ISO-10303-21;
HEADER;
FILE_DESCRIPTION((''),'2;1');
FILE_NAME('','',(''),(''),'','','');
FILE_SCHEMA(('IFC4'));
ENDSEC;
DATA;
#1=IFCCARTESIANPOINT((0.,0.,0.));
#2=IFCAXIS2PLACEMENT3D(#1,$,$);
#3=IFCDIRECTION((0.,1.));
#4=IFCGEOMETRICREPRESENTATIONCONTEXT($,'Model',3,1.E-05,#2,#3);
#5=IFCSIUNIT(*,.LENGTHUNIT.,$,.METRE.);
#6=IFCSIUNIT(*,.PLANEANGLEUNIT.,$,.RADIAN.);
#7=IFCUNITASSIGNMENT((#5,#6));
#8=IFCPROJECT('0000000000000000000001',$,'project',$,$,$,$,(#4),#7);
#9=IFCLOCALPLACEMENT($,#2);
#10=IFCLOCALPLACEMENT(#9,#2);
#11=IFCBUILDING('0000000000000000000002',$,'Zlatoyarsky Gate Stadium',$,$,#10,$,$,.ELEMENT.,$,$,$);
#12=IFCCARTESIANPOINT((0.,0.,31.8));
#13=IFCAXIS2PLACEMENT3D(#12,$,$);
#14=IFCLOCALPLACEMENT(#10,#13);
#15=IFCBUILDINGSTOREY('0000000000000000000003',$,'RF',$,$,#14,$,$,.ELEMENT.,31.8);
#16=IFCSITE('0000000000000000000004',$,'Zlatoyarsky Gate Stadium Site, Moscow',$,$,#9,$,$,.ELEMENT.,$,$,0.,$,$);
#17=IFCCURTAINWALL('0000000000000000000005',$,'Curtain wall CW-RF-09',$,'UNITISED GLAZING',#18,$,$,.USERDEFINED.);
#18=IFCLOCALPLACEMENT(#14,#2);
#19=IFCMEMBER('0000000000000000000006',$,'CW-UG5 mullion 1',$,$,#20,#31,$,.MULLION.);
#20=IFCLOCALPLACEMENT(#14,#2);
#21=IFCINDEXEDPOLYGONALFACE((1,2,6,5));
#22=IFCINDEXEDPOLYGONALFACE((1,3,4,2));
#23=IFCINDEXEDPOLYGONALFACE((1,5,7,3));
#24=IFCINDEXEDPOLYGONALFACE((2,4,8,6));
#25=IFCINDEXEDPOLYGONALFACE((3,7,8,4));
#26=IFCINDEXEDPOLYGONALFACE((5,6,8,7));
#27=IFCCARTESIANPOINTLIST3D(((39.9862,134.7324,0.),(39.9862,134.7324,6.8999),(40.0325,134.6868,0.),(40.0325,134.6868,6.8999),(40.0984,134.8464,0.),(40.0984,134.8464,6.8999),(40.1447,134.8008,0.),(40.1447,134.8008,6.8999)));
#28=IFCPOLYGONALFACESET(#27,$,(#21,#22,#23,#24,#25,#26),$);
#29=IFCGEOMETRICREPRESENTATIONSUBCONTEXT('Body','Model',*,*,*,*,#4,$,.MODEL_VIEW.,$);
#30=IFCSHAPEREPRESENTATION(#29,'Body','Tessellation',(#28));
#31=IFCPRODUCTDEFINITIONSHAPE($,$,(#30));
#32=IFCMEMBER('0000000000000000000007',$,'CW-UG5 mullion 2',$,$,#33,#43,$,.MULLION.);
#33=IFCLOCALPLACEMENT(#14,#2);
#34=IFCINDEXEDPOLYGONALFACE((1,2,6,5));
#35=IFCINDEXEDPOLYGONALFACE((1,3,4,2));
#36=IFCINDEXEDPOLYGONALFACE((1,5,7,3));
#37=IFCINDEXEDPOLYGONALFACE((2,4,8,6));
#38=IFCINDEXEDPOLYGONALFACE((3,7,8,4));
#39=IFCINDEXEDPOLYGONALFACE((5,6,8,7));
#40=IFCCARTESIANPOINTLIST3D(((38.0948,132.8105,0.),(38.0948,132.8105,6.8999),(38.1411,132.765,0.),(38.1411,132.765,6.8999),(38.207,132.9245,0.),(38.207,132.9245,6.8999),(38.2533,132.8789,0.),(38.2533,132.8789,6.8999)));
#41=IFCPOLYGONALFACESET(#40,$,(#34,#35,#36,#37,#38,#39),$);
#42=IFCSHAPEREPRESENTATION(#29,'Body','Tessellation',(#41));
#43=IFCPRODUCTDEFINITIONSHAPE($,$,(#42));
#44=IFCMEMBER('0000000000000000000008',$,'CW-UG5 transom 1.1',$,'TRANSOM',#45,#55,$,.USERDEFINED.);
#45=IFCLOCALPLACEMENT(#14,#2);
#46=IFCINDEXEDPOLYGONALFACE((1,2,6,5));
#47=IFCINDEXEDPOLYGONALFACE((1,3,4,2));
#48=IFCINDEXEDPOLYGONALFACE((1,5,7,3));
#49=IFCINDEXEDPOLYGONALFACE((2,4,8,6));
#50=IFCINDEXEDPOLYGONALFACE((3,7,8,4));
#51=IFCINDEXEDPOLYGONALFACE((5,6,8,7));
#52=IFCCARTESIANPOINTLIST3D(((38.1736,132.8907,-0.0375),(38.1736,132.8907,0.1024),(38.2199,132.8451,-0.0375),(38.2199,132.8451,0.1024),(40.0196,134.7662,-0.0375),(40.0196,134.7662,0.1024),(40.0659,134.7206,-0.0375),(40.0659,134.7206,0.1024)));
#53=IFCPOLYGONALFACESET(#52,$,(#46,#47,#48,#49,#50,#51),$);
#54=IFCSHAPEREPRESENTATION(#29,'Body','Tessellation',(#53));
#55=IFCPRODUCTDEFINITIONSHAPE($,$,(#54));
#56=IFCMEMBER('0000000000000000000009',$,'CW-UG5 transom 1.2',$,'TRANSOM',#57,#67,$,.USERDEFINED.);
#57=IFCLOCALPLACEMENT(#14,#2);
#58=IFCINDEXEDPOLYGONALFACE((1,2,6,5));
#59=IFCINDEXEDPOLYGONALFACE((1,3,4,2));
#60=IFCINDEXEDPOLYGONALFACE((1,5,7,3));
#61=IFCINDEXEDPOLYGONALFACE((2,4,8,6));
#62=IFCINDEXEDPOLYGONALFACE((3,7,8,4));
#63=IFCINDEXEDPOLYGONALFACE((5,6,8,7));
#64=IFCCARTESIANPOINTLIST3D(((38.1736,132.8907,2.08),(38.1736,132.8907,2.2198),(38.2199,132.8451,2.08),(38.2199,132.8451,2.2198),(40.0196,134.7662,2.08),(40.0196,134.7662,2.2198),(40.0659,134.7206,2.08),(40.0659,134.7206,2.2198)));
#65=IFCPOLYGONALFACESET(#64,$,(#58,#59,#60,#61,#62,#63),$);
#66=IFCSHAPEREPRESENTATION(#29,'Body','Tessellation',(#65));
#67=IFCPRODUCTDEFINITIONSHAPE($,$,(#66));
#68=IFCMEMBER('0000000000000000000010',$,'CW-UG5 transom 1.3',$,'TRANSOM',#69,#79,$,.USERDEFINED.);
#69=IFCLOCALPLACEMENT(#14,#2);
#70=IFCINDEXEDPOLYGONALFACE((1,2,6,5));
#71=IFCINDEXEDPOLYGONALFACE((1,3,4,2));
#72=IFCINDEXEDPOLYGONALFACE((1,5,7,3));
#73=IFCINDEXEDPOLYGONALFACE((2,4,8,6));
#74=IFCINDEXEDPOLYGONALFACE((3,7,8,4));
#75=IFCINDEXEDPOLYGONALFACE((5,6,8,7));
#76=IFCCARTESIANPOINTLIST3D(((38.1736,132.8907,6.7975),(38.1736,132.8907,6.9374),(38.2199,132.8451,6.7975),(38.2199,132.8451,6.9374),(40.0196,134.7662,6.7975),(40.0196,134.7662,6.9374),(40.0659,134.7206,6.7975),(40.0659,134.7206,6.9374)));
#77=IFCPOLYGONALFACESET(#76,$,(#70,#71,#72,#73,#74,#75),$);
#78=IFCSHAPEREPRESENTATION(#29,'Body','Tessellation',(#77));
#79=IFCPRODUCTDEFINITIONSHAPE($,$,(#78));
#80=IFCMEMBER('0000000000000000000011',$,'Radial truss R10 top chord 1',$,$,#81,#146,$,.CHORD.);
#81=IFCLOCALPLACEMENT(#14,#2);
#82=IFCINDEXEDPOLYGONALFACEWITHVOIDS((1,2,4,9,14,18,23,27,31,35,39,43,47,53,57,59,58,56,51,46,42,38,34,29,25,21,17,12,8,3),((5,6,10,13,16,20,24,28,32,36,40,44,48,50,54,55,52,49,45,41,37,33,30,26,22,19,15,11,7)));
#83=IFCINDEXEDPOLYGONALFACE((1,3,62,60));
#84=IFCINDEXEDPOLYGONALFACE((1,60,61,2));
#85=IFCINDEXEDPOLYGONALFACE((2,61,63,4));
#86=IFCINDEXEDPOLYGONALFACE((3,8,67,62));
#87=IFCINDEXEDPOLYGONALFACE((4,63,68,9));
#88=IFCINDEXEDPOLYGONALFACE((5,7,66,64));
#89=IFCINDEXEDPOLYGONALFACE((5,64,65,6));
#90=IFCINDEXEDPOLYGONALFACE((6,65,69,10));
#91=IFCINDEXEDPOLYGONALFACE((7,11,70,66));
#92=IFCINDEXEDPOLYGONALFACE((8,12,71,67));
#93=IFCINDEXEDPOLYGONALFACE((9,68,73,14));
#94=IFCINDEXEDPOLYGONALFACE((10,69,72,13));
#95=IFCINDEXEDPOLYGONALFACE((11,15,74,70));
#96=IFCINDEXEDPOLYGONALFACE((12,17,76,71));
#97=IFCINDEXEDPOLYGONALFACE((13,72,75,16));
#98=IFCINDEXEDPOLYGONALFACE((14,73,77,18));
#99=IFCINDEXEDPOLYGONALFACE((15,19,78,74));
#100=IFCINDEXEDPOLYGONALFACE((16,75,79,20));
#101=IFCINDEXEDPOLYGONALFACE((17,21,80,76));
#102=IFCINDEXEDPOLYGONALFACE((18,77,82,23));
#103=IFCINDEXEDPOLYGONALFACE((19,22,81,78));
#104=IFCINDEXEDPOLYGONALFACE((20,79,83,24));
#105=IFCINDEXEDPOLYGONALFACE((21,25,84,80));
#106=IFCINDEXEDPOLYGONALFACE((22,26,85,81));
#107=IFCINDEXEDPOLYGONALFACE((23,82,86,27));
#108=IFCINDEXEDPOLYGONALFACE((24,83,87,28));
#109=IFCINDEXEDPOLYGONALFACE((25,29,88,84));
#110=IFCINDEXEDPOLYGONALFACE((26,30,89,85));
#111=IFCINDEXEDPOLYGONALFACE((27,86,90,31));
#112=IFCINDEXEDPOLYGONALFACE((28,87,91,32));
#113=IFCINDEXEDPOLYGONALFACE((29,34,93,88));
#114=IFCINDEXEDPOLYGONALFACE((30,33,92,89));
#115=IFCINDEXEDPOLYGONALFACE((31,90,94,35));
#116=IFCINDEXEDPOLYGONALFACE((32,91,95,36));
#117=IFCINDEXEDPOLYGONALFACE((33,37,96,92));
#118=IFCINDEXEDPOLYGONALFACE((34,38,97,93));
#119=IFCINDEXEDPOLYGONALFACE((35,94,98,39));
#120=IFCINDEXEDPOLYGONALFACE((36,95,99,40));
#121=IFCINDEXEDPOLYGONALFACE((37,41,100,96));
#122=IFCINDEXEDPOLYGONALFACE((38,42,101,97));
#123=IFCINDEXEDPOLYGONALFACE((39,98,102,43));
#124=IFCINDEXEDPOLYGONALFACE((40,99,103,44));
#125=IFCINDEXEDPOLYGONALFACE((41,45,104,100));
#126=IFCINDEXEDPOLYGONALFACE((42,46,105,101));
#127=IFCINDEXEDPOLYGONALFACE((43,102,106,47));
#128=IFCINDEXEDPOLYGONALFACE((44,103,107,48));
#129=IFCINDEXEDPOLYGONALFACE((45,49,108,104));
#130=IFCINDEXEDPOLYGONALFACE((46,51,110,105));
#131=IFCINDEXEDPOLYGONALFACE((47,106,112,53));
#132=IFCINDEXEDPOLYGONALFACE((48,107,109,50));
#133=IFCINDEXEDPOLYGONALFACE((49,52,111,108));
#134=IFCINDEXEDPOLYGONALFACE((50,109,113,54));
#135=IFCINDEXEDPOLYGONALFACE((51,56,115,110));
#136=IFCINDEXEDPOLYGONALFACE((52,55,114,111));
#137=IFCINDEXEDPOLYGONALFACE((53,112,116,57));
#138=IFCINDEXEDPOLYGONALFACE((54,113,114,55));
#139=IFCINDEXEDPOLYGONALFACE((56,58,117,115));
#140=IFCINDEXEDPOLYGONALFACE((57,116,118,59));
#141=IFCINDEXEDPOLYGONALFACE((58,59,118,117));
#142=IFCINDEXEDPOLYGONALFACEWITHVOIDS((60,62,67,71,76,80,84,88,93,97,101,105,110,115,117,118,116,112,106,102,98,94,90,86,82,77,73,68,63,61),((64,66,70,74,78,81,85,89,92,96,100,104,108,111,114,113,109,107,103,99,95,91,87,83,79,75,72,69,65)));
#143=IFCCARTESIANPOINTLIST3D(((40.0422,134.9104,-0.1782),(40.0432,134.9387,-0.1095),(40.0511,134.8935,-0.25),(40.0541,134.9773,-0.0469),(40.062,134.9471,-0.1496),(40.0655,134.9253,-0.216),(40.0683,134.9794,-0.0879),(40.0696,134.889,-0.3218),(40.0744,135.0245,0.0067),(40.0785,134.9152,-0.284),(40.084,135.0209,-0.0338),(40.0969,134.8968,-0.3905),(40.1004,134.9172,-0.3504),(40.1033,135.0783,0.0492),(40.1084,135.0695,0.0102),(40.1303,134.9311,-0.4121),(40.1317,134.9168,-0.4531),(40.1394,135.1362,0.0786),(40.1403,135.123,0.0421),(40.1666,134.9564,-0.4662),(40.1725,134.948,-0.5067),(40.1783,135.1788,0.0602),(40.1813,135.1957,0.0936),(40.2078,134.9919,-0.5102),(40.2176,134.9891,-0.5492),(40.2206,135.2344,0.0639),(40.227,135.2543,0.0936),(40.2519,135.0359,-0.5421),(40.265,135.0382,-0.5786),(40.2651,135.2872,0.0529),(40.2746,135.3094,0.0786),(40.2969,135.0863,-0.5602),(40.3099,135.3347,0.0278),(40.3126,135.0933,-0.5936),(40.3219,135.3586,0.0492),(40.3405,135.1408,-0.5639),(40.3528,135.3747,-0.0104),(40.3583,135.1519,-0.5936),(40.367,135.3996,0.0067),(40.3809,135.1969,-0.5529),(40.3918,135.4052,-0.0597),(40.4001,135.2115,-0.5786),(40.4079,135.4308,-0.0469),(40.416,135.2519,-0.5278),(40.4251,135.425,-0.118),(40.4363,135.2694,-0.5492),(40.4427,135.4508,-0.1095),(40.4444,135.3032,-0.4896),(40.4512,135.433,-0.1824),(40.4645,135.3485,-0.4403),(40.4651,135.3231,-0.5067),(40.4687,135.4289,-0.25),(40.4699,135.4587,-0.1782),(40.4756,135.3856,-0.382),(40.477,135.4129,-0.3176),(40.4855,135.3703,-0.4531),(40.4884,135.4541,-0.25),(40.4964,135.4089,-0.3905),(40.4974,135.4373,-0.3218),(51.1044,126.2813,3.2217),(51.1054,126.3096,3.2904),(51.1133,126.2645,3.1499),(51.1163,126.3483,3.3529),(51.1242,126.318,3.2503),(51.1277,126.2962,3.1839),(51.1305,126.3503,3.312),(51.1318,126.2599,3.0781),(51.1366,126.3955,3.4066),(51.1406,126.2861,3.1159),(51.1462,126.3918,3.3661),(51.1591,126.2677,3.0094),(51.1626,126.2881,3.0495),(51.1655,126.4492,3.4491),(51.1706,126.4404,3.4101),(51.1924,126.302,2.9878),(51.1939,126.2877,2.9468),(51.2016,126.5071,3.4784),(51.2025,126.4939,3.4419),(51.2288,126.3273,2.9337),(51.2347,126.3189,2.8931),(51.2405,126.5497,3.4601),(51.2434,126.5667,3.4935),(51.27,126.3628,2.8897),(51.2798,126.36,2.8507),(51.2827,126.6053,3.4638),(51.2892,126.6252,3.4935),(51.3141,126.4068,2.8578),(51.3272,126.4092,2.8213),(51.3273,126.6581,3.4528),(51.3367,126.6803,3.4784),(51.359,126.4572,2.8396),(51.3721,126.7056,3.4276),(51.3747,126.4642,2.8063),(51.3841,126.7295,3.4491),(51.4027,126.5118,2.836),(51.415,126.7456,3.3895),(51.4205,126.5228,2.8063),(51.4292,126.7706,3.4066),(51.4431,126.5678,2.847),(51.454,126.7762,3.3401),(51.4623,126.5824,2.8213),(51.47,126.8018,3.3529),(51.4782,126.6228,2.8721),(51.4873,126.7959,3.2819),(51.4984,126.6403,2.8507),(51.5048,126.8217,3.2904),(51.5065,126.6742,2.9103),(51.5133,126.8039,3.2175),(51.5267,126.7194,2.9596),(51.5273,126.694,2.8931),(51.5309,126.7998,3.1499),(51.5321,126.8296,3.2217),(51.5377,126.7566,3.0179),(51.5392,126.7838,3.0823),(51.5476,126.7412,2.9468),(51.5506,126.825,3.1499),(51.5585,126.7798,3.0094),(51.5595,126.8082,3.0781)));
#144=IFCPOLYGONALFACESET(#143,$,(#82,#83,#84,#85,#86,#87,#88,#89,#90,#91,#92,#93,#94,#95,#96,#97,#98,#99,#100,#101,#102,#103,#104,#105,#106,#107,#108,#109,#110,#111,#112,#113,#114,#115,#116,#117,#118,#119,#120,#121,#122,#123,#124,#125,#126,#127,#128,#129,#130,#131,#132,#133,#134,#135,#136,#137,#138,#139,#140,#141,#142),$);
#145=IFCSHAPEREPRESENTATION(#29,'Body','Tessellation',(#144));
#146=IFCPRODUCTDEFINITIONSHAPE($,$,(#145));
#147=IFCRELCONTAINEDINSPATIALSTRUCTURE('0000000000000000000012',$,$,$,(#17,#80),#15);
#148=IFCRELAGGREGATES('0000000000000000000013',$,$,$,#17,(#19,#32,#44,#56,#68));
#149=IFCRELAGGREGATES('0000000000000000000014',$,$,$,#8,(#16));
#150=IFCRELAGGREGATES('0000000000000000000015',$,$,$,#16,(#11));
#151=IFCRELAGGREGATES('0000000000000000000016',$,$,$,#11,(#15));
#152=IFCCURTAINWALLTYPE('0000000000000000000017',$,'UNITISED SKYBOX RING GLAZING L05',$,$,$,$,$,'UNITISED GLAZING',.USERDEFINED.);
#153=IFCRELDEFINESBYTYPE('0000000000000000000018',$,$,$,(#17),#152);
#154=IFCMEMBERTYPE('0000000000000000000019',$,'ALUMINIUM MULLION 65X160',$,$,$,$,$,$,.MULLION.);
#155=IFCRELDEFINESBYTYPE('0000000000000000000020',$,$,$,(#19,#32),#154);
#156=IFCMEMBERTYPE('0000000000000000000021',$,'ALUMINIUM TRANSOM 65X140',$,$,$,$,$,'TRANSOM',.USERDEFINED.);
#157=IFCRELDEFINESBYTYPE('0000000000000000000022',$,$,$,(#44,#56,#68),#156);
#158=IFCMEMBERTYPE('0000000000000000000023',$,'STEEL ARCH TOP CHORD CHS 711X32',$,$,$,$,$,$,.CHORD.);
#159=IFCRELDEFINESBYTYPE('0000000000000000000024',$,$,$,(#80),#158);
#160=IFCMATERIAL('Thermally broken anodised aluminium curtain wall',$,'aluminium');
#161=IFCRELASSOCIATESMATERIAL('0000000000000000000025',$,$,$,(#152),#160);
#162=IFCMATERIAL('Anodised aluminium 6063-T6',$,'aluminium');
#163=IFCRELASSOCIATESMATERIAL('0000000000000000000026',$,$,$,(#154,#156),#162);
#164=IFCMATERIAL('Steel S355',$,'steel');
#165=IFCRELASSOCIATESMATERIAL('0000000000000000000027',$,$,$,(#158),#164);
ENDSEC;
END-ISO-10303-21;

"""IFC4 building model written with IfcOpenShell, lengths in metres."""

from ifc_helpers import new_model, si_unit, direction, frame, origin, origin_2d, place, context, subcontext, project, spatial, rectangle, hollow_circle, extrude, material, material_profile, profile_set, type_object, element, aggregate, save


model = new_model("IFC4")

# Units and contexts
model_context = context("Model", 3, precision=1e-05, world=origin(), true_north=direction((0.0, 1.0)))
body_context = subcontext(model_context, "Body", "Model", "MODEL_VIEW")
ifc_project = project(units=[si_unit("LENGTHUNIT", "METRE"), si_unit("PLANEANGLEUNIT", "RADIAN")], contexts=[model_context])

# Site, building, storey
site_placement = place(None, origin())
site = spatial("IfcSite", under=ifc_project, at=site_placement, Name="Zlatoyarsky Gate Stadium Site, Moscow", CompositionType="ELEMENT", RefElevation=0.0)
building_placement = place(site_placement, origin())
building = spatial("IfcBuilding", under=site, at=building_placement, Name="Zlatoyarsky Gate Stadium", CompositionType="ELEMENT")
storey_placement = place(building_placement, frame((0.0, 0.0, 31.8)))
storey = spatial("IfcBuildingStorey", under=building, at=storey_placement, Name="RF", CompositionType="ELEMENT", Elevation=31.8)

# Curtain wall, members
ifc_material_1 = material(Name="Thermally broken anodised aluminium curtain wall", Category="aluminium")
curtain_wall_type = type_object("IfcCurtainWallType", Name="UNITISED SKYBOX RING GLAZING L05", ElementType="UNITISED GLAZING", PredefinedType="USERDEFINED", material=ifc_material_1)
curtain_wall_placement = place(storey_placement, origin())
curtain_wall = element("IfcCurtainWall", 1, at=curtain_wall_placement, inside=storey, type_object=curtain_wall_type, Name="Curtain wall CW-RF-09", ObjectType="UNITISED GLAZING", PredefinedType="USERDEFINED")
ifc_material_2 = material(Name="Anodised aluminium 6063-T6", Category="aluminium")
ifc_material_profile_1 = material_profile(ifc_material_2, rectangle(XDim=0.0649, YDim=0.1599, at=origin_2d()), Name="ALU 65X160")
ifc_profile_set_1 = profile_set([ifc_material_profile_1], Name="Anodised aluminium 6063-T6")
member_type_1 = type_object("IfcMemberType", Name="ALUMINIUM MULLION 65X160", PredefinedType="MULLION", material=ifc_profile_set_1)
member_1_placement = place(storey_placement, frame((40.0654, 134.7666, 0.0), z_axis=(0.0, 0.0, 1.0), x_axis=(0.712766, -0.701402, 0.0)))
member_1 = element("IfcMember", 2, at=member_1_placement, type_object=member_type_1, Name="CW-UG5 mullion 1", PredefinedType="MULLION", context=body_context, shape_type="SweptSolid", body=[
    extrude(rectangle(XDim=0.0649, YDim=0.1599, at=origin_2d()), origin(), (0.0, 0.0, 1.0), 6.8999),
])
member_2_placement = place(storey_placement, frame((38.1741, 132.8447, 0.0), z_axis=(0.0, 0.0, 1.0), x_axis=(0.712766, -0.701402, 0.0)))
member_2 = element("IfcMember", 3, at=member_2_placement, type_object=member_type_1, Name="CW-UG5 mullion 2", PredefinedType="MULLION", context=body_context, shape_type="SweptSolid", body=[
    extrude(rectangle(XDim=0.0649, YDim=0.1599, at=origin_2d()), origin(), (0.0, 0.0, 1.0), 6.8999),
])
ifc_material_profile_2 = material_profile(ifc_material_2, rectangle(XDim=0.0649, YDim=0.1399, at=origin_2d()), Name="ALU 65X140")
ifc_profile_set_2 = profile_set([ifc_material_profile_2], Name="Anodised aluminium 6063-T6")
member_type_2 = type_object("IfcMemberType", Name="ALUMINIUM TRANSOM 65X140", ElementType="TRANSOM", PredefinedType="USERDEFINED", material=ifc_profile_set_2)
member_3_placement = place(storey_placement, frame((40.0427, 134.7434, 0.0325), z_axis=(-0.701472, -0.712697, 0.0), x_axis=(0.712697, -0.701472, 0.0)))
member_3 = element("IfcMember", 4, at=member_3_placement, type_object=member_type_2, Name="CW-UG5 transom 1.1", ObjectType="TRANSOM", PredefinedType="USERDEFINED", context=body_context, shape_type="SweptSolid", body=[
    extrude(rectangle(XDim=0.0649, YDim=0.1399, at=origin_2d()), origin(), (0.0, 0.0, 1.0), 2.6316),
])
member_4_placement = place(storey_placement, frame((40.0427, 134.7434, 2.1499), z_axis=(-0.701472, -0.712697, 0.0), x_axis=(0.712697, -0.701472, 0.0)))
member_4 = element("IfcMember", 5, at=member_4_placement, type_object=member_type_2, Name="CW-UG5 transom 1.2", ObjectType="TRANSOM", PredefinedType="USERDEFINED", context=body_context, shape_type="SweptSolid", body=[
    extrude(rectangle(XDim=0.0649, YDim=0.1399, at=origin_2d()), origin(), (0.0, 0.0, 1.0), 2.6316),
])
member_5_placement = place(storey_placement, frame((40.0427, 134.7434, 6.8674), z_axis=(-0.701472, -0.712697, 0.0), x_axis=(0.712697, -0.701472, 0.0)))
member_5 = element("IfcMember", 6, at=member_5_placement, type_object=member_type_2, Name="CW-UG5 transom 1.3", ObjectType="TRANSOM", PredefinedType="USERDEFINED", context=body_context, shape_type="SweptSolid", body=[
    extrude(rectangle(XDim=0.0649, YDim=0.1399, at=origin_2d()), origin(), (0.0, 0.0, 1.0), 2.6316),
])

# Member
ifc_material_3 = material(Name="Steel S355", Category="steel")
ifc_material_profile_3 = material_profile(ifc_material_3, hollow_circle(Radius=0.3555, WallThickness=0.032, at=origin_2d()), Name="CHS 711X32")
ifc_profile_set_3 = profile_set([ifc_material_profile_3], Name="Steel S355")
member_type_3 = type_object("IfcMemberType", Name="STEEL ARCH TOP CHORD CHS 711X32", PredefinedType="CHORD", material=ifc_profile_set_3)
member_6_placement = place(storey_placement, frame((40.2698, 135.1738, -0.25), z_axis=(0.766302, -0.597757, 0.235517), x_axis=(0.615058, 0.788482, 0.0)))
element("IfcMember", 7, at=member_6_placement, inside=storey, type_object=member_type_3, Name="Radial truss R10 top chord 1", PredefinedType="CHORD", context=body_context, shape_type="SweptSolid", body=[
    extrude(hollow_circle(Radius=0.3555, WallThickness=0.032, at=origin_2d()), origin(), (0.0, 0.0, 1.0), 14.4358),
])

aggregate(curtain_wall, [member_1, member_2, member_3, member_4, member_5])

save(model, "model.ifc")
